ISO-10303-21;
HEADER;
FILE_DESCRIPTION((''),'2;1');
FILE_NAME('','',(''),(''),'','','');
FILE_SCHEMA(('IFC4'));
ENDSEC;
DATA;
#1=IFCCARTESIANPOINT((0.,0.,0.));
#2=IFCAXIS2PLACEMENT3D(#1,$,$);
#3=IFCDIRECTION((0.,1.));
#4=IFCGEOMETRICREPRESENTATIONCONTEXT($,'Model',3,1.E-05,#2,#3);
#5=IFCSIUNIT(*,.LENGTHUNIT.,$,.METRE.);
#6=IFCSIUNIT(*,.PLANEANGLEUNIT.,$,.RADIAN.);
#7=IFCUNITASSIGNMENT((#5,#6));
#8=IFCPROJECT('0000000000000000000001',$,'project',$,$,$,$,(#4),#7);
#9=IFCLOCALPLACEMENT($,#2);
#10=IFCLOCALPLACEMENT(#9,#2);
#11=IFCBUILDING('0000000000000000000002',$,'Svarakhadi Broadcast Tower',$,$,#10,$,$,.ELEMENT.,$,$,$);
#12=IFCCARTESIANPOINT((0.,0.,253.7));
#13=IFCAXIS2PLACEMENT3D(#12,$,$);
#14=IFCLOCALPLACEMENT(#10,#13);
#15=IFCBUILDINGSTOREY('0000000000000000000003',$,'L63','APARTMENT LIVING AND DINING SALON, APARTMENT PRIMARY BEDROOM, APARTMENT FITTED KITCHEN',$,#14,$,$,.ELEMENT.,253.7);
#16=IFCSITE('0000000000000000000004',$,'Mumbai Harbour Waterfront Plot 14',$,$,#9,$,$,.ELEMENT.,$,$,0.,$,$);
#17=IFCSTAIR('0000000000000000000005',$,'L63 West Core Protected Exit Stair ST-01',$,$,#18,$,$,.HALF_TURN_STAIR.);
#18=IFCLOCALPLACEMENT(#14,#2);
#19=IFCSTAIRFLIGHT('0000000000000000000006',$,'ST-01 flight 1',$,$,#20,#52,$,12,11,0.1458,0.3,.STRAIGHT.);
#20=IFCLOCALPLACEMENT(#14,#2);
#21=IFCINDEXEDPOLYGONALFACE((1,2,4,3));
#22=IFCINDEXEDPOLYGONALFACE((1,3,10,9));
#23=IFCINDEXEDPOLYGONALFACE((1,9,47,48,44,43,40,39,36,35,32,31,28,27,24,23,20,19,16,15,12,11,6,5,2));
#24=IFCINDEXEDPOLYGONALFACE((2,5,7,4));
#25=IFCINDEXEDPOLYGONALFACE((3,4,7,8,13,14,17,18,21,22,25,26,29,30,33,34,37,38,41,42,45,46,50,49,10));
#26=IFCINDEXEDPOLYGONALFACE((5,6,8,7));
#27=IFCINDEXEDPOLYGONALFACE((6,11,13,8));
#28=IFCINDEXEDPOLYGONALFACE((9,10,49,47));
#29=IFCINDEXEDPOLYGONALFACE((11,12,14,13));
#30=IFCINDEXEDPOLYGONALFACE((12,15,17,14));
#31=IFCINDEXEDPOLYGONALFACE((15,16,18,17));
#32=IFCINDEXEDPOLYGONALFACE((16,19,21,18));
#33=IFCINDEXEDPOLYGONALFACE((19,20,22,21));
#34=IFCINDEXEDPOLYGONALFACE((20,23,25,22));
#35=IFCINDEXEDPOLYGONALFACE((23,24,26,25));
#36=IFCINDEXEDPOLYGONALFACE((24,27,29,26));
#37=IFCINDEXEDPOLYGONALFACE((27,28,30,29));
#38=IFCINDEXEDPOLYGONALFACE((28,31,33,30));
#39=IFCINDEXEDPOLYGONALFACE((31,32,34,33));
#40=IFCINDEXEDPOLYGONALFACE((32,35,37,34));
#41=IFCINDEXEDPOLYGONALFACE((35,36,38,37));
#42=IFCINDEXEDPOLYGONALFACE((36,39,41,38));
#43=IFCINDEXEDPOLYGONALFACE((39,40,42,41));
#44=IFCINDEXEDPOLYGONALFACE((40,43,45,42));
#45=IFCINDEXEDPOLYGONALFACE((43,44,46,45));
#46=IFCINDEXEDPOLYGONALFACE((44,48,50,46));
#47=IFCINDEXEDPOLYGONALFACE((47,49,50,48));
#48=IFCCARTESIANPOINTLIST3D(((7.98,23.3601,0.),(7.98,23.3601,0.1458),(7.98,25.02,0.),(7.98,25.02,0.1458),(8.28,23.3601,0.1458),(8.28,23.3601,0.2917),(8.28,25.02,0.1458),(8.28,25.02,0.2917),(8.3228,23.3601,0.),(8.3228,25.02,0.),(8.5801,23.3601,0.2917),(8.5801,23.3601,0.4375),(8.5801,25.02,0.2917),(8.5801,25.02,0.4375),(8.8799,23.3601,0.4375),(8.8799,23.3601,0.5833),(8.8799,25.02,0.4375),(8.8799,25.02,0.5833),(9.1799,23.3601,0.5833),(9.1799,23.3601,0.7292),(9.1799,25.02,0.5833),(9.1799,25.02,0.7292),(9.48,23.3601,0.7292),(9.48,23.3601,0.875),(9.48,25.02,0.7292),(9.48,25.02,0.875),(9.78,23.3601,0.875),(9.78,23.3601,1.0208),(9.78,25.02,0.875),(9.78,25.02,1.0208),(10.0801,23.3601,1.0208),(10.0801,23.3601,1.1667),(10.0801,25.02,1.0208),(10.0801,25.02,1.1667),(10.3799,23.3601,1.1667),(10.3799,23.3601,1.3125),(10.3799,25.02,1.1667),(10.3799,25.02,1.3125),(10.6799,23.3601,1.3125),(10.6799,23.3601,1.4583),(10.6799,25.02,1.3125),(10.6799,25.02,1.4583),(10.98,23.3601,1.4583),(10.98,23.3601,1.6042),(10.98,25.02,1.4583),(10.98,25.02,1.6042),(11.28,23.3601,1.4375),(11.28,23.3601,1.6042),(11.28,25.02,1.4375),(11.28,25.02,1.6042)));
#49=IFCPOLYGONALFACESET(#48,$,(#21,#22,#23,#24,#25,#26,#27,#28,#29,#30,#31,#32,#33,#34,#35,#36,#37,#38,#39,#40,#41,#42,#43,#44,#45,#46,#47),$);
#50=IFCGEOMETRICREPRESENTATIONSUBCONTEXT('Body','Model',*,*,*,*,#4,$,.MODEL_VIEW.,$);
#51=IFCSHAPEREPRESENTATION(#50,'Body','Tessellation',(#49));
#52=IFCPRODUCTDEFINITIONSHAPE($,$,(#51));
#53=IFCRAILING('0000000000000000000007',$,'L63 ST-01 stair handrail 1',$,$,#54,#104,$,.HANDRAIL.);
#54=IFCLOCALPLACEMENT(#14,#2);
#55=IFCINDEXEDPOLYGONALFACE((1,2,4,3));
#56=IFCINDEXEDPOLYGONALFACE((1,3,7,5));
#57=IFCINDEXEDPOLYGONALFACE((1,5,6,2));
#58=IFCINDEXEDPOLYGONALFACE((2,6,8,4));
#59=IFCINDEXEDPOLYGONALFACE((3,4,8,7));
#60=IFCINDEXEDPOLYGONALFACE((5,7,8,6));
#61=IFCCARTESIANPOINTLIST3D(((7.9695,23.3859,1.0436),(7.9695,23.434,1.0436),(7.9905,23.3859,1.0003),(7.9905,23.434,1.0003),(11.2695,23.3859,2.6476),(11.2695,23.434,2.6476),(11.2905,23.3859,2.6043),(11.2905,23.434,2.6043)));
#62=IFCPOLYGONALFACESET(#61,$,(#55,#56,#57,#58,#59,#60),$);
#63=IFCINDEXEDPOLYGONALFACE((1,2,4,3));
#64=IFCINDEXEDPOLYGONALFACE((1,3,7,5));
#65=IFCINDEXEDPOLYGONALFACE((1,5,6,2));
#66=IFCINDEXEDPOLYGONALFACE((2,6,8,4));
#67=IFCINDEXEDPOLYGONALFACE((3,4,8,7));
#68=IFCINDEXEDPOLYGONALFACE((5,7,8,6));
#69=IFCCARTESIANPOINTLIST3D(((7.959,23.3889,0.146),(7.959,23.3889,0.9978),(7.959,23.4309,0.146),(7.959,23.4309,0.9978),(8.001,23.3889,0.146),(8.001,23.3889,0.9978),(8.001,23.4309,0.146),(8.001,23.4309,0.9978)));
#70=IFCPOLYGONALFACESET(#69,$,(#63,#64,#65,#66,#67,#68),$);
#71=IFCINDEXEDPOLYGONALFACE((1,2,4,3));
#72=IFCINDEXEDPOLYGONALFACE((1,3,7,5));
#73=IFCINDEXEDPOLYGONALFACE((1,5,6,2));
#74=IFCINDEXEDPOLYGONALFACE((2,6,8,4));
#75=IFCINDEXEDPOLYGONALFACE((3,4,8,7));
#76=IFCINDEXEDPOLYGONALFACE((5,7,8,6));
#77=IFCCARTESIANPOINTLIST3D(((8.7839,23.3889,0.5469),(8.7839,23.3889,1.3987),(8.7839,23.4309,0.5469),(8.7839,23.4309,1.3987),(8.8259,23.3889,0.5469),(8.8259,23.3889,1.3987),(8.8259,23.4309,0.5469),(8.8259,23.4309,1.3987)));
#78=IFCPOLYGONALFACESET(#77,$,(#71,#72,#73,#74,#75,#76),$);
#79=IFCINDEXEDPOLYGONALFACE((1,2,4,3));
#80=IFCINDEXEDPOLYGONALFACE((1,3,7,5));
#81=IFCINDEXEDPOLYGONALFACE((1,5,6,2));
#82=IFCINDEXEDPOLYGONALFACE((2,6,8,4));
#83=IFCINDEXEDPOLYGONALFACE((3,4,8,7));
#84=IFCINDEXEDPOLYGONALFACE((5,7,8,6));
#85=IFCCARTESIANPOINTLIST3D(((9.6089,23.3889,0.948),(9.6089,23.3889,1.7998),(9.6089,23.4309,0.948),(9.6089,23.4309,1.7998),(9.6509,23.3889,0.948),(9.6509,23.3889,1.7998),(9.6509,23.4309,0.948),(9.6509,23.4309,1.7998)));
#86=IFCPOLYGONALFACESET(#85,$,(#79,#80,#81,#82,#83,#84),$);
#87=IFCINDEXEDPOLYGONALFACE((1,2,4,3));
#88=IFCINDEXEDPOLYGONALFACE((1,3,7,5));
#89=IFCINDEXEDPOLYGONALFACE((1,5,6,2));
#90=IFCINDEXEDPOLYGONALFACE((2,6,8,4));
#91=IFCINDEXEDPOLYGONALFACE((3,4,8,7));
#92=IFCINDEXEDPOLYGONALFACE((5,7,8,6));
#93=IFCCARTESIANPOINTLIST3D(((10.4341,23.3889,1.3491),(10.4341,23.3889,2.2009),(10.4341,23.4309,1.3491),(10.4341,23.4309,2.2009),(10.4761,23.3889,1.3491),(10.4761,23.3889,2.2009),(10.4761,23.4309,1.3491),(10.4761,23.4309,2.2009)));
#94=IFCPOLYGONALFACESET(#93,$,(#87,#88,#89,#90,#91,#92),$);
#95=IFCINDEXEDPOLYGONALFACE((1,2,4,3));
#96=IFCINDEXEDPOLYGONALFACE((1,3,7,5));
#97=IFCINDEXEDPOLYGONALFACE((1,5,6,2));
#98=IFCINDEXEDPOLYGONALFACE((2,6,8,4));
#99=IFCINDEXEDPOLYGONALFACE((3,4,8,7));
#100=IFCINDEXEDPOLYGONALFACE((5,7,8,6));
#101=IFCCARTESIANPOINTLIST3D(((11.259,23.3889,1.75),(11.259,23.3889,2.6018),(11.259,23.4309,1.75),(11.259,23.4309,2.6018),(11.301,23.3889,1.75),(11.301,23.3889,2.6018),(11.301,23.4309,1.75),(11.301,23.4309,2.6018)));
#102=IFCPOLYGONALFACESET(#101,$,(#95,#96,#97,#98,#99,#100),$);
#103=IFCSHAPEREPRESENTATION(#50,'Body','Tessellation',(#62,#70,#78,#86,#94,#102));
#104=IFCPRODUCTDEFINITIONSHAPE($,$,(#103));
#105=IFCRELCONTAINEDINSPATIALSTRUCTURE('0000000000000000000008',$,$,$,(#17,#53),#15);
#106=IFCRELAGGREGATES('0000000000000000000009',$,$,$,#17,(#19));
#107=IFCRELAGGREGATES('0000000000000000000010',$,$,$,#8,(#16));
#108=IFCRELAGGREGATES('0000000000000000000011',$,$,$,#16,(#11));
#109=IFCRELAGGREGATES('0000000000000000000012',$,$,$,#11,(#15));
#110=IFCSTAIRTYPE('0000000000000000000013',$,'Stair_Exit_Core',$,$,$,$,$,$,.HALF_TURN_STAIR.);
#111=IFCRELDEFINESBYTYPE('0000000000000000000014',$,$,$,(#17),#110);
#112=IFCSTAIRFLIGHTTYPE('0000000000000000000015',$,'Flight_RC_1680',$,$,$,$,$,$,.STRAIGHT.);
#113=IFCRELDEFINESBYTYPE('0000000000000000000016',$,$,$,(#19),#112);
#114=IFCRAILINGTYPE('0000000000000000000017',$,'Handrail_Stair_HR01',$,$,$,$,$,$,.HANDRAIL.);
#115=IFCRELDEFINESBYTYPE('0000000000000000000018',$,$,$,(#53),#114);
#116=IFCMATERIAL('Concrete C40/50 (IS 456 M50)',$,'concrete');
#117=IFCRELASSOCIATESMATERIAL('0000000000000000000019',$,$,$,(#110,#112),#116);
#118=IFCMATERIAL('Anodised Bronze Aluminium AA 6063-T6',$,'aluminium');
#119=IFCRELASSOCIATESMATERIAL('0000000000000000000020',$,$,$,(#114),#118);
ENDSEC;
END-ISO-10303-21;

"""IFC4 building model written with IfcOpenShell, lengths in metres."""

from ifc_helpers import new_model, si_unit, direction, frame, origin, origin_2d, place, context, subcontext, project, spatial, polyline, rectangle, outline, extrude, material, type_object, element, aggregate, save


model = new_model("IFC4")

# Units and contexts
model_context = context("Model", 3, precision=1e-05, world=origin(), true_north=direction((0.0, 1.0)))
body_context = subcontext(model_context, "Body", "Model", "MODEL_VIEW")
ifc_project = project(units=[si_unit("LENGTHUNIT", "METRE"), si_unit("PLANEANGLEUNIT", "RADIAN")], contexts=[model_context])

# Site, building, storey
site_placement = place(None, origin())
site = spatial("IfcSite", under=ifc_project, at=site_placement, Name="Mumbai Harbour Waterfront Plot 14", CompositionType="ELEMENT", RefElevation=0.0)
building_placement = place(site_placement, origin())
building = spatial("IfcBuilding", under=site, at=building_placement, Name="Svarakhadi Broadcast Tower", CompositionType="ELEMENT")
storey_placement = place(building_placement, frame((0.0, 0.0, 253.7)))
storey = spatial("IfcBuildingStorey", under=building, at=storey_placement, Name="L63", Description="APARTMENT LIVING AND DINING SALON, APARTMENT PRIMARY BEDROOM, APARTMENT FITTED KITCHEN", CompositionType="ELEMENT", Elevation=253.7)

# Shared definitions
ifc_material_1 = material(Name="Concrete C40/50 (IS 456 M50)", Category="concrete")

# Shared definitions
ifc_material_2 = material(Name="Anodised Bronze Aluminium AA 6063-T6", Category="aluminium")

# Stair, stair flight
stair_type = type_object("IfcStairType", Name="Stair_Exit_Core", PredefinedType="HALF_TURN_STAIR", material=ifc_material_1)
stair_placement = place(storey_placement, origin())
stair = element("IfcStair", 1, at=stair_placement, inside=storey, type_object=stair_type, Name="L63 West Core Protected Exit Stair ST-01", PredefinedType="HALF_TURN_STAIR")
stair_flight_type = type_object("IfcStairFlightType", Name="Flight_RC_1680", PredefinedType="STRAIGHT", material=ifc_material_1)
stair_flight_placement = place(storey_placement, frame((7.98, 24.1899, 0.0), z_axis=(0.0, 0.0, 1.0), x_axis=(1.0, 0.0, 0.0)))
stair_flight = element("IfcStairFlight", 2, at=stair_flight_placement, type_object=stair_flight_type, Name="ST-01 flight 1", NumberOfRisers=12, NumberOfTreads=11, PredefinedType="STRAIGHT", RiserHeight=0.1458, TreadLength=0.3, context=body_context, shape_type="SweptSolid", body=[
    extrude(outline(polyline([(0.0, 0.0), (0.0, 0.1458), (0.3, 0.1458), (0.3, 0.2917), (0.6001, 0.2917), (0.6001, 0.4375), (0.8999, 0.4375), (0.8999, 0.5833), (1.2, 0.5833), (1.2, 0.7292), (1.5, 0.7292), (1.5, 0.875), (1.8, 0.875), (1.8, 1.0208), (2.1001, 1.0208), (2.1001, 1.1667), (2.3999, 1.1667), (2.3999, 1.3125), (2.7, 1.3125), (2.7, 1.4583), (3.0, 1.4583), (3.0, 1.6042), (3.3, 1.6042), (3.3, 1.75), (3.3, 1.4375), (0.3428, 0.0), (0.0, 0.0)])), frame((0.0, 0.8301, 0.0), z_axis=(0.0, -1.0, 0.0), x_axis=(1.0, 0.0, 0.0)), (0.0, 0.0, 1.0), 1.6599),
])
aggregate(stair, [stair_flight])

# Railing
railing_type = type_object("IfcRailingType", Name="Handrail_Stair_HR01", PredefinedType="HANDRAIL", material=ifc_material_2)
railing_placement = place(storey_placement, frame((7.98, 23.4099, 0.146)))
element("IfcRailing", 3, at=railing_placement, inside=storey, type_object=railing_type, Name="L63 ST-01 stair handrail 1", PredefinedType="HANDRAIL", context=body_context, shape_type="SweptSolid", body=[
    extrude(rectangle(XDim=0.0481, YDim=0.0481, at=origin_2d()), frame((0.0, 0.0, 0.876), z_axis=(0.899388, 0.0, 0.437152), x_axis=(0.0, 1.0, 0.0)), (0.0, 0.0, 1.0), 3.6692),
    extrude(rectangle(XDim=0.042, YDim=0.042, at=origin_2d()), origin(), (0.0, 0.0, 1.0), 0.8518),
    extrude(rectangle(XDim=0.042, YDim=0.042, at=origin_2d()), frame((0.825, 0.0, 0.4009)), (0.0, 0.0, 1.0), 0.8518),
    extrude(rectangle(XDim=0.042, YDim=0.042, at=origin_2d()), frame((1.6499, 0.0, 0.802)), (0.0, 0.0, 1.0), 0.8518),
    extrude(rectangle(XDim=0.042, YDim=0.042, at=origin_2d()), frame((2.4751, 0.0, 1.2031)), (0.0, 0.0, 1.0), 0.8518),
    extrude(rectangle(XDim=0.042, YDim=0.042, at=origin_2d()), frame((3.3, 0.0, 1.604)), (0.0, 0.0, 1.0), 0.8518),
])

save(model, "model.ifc")
